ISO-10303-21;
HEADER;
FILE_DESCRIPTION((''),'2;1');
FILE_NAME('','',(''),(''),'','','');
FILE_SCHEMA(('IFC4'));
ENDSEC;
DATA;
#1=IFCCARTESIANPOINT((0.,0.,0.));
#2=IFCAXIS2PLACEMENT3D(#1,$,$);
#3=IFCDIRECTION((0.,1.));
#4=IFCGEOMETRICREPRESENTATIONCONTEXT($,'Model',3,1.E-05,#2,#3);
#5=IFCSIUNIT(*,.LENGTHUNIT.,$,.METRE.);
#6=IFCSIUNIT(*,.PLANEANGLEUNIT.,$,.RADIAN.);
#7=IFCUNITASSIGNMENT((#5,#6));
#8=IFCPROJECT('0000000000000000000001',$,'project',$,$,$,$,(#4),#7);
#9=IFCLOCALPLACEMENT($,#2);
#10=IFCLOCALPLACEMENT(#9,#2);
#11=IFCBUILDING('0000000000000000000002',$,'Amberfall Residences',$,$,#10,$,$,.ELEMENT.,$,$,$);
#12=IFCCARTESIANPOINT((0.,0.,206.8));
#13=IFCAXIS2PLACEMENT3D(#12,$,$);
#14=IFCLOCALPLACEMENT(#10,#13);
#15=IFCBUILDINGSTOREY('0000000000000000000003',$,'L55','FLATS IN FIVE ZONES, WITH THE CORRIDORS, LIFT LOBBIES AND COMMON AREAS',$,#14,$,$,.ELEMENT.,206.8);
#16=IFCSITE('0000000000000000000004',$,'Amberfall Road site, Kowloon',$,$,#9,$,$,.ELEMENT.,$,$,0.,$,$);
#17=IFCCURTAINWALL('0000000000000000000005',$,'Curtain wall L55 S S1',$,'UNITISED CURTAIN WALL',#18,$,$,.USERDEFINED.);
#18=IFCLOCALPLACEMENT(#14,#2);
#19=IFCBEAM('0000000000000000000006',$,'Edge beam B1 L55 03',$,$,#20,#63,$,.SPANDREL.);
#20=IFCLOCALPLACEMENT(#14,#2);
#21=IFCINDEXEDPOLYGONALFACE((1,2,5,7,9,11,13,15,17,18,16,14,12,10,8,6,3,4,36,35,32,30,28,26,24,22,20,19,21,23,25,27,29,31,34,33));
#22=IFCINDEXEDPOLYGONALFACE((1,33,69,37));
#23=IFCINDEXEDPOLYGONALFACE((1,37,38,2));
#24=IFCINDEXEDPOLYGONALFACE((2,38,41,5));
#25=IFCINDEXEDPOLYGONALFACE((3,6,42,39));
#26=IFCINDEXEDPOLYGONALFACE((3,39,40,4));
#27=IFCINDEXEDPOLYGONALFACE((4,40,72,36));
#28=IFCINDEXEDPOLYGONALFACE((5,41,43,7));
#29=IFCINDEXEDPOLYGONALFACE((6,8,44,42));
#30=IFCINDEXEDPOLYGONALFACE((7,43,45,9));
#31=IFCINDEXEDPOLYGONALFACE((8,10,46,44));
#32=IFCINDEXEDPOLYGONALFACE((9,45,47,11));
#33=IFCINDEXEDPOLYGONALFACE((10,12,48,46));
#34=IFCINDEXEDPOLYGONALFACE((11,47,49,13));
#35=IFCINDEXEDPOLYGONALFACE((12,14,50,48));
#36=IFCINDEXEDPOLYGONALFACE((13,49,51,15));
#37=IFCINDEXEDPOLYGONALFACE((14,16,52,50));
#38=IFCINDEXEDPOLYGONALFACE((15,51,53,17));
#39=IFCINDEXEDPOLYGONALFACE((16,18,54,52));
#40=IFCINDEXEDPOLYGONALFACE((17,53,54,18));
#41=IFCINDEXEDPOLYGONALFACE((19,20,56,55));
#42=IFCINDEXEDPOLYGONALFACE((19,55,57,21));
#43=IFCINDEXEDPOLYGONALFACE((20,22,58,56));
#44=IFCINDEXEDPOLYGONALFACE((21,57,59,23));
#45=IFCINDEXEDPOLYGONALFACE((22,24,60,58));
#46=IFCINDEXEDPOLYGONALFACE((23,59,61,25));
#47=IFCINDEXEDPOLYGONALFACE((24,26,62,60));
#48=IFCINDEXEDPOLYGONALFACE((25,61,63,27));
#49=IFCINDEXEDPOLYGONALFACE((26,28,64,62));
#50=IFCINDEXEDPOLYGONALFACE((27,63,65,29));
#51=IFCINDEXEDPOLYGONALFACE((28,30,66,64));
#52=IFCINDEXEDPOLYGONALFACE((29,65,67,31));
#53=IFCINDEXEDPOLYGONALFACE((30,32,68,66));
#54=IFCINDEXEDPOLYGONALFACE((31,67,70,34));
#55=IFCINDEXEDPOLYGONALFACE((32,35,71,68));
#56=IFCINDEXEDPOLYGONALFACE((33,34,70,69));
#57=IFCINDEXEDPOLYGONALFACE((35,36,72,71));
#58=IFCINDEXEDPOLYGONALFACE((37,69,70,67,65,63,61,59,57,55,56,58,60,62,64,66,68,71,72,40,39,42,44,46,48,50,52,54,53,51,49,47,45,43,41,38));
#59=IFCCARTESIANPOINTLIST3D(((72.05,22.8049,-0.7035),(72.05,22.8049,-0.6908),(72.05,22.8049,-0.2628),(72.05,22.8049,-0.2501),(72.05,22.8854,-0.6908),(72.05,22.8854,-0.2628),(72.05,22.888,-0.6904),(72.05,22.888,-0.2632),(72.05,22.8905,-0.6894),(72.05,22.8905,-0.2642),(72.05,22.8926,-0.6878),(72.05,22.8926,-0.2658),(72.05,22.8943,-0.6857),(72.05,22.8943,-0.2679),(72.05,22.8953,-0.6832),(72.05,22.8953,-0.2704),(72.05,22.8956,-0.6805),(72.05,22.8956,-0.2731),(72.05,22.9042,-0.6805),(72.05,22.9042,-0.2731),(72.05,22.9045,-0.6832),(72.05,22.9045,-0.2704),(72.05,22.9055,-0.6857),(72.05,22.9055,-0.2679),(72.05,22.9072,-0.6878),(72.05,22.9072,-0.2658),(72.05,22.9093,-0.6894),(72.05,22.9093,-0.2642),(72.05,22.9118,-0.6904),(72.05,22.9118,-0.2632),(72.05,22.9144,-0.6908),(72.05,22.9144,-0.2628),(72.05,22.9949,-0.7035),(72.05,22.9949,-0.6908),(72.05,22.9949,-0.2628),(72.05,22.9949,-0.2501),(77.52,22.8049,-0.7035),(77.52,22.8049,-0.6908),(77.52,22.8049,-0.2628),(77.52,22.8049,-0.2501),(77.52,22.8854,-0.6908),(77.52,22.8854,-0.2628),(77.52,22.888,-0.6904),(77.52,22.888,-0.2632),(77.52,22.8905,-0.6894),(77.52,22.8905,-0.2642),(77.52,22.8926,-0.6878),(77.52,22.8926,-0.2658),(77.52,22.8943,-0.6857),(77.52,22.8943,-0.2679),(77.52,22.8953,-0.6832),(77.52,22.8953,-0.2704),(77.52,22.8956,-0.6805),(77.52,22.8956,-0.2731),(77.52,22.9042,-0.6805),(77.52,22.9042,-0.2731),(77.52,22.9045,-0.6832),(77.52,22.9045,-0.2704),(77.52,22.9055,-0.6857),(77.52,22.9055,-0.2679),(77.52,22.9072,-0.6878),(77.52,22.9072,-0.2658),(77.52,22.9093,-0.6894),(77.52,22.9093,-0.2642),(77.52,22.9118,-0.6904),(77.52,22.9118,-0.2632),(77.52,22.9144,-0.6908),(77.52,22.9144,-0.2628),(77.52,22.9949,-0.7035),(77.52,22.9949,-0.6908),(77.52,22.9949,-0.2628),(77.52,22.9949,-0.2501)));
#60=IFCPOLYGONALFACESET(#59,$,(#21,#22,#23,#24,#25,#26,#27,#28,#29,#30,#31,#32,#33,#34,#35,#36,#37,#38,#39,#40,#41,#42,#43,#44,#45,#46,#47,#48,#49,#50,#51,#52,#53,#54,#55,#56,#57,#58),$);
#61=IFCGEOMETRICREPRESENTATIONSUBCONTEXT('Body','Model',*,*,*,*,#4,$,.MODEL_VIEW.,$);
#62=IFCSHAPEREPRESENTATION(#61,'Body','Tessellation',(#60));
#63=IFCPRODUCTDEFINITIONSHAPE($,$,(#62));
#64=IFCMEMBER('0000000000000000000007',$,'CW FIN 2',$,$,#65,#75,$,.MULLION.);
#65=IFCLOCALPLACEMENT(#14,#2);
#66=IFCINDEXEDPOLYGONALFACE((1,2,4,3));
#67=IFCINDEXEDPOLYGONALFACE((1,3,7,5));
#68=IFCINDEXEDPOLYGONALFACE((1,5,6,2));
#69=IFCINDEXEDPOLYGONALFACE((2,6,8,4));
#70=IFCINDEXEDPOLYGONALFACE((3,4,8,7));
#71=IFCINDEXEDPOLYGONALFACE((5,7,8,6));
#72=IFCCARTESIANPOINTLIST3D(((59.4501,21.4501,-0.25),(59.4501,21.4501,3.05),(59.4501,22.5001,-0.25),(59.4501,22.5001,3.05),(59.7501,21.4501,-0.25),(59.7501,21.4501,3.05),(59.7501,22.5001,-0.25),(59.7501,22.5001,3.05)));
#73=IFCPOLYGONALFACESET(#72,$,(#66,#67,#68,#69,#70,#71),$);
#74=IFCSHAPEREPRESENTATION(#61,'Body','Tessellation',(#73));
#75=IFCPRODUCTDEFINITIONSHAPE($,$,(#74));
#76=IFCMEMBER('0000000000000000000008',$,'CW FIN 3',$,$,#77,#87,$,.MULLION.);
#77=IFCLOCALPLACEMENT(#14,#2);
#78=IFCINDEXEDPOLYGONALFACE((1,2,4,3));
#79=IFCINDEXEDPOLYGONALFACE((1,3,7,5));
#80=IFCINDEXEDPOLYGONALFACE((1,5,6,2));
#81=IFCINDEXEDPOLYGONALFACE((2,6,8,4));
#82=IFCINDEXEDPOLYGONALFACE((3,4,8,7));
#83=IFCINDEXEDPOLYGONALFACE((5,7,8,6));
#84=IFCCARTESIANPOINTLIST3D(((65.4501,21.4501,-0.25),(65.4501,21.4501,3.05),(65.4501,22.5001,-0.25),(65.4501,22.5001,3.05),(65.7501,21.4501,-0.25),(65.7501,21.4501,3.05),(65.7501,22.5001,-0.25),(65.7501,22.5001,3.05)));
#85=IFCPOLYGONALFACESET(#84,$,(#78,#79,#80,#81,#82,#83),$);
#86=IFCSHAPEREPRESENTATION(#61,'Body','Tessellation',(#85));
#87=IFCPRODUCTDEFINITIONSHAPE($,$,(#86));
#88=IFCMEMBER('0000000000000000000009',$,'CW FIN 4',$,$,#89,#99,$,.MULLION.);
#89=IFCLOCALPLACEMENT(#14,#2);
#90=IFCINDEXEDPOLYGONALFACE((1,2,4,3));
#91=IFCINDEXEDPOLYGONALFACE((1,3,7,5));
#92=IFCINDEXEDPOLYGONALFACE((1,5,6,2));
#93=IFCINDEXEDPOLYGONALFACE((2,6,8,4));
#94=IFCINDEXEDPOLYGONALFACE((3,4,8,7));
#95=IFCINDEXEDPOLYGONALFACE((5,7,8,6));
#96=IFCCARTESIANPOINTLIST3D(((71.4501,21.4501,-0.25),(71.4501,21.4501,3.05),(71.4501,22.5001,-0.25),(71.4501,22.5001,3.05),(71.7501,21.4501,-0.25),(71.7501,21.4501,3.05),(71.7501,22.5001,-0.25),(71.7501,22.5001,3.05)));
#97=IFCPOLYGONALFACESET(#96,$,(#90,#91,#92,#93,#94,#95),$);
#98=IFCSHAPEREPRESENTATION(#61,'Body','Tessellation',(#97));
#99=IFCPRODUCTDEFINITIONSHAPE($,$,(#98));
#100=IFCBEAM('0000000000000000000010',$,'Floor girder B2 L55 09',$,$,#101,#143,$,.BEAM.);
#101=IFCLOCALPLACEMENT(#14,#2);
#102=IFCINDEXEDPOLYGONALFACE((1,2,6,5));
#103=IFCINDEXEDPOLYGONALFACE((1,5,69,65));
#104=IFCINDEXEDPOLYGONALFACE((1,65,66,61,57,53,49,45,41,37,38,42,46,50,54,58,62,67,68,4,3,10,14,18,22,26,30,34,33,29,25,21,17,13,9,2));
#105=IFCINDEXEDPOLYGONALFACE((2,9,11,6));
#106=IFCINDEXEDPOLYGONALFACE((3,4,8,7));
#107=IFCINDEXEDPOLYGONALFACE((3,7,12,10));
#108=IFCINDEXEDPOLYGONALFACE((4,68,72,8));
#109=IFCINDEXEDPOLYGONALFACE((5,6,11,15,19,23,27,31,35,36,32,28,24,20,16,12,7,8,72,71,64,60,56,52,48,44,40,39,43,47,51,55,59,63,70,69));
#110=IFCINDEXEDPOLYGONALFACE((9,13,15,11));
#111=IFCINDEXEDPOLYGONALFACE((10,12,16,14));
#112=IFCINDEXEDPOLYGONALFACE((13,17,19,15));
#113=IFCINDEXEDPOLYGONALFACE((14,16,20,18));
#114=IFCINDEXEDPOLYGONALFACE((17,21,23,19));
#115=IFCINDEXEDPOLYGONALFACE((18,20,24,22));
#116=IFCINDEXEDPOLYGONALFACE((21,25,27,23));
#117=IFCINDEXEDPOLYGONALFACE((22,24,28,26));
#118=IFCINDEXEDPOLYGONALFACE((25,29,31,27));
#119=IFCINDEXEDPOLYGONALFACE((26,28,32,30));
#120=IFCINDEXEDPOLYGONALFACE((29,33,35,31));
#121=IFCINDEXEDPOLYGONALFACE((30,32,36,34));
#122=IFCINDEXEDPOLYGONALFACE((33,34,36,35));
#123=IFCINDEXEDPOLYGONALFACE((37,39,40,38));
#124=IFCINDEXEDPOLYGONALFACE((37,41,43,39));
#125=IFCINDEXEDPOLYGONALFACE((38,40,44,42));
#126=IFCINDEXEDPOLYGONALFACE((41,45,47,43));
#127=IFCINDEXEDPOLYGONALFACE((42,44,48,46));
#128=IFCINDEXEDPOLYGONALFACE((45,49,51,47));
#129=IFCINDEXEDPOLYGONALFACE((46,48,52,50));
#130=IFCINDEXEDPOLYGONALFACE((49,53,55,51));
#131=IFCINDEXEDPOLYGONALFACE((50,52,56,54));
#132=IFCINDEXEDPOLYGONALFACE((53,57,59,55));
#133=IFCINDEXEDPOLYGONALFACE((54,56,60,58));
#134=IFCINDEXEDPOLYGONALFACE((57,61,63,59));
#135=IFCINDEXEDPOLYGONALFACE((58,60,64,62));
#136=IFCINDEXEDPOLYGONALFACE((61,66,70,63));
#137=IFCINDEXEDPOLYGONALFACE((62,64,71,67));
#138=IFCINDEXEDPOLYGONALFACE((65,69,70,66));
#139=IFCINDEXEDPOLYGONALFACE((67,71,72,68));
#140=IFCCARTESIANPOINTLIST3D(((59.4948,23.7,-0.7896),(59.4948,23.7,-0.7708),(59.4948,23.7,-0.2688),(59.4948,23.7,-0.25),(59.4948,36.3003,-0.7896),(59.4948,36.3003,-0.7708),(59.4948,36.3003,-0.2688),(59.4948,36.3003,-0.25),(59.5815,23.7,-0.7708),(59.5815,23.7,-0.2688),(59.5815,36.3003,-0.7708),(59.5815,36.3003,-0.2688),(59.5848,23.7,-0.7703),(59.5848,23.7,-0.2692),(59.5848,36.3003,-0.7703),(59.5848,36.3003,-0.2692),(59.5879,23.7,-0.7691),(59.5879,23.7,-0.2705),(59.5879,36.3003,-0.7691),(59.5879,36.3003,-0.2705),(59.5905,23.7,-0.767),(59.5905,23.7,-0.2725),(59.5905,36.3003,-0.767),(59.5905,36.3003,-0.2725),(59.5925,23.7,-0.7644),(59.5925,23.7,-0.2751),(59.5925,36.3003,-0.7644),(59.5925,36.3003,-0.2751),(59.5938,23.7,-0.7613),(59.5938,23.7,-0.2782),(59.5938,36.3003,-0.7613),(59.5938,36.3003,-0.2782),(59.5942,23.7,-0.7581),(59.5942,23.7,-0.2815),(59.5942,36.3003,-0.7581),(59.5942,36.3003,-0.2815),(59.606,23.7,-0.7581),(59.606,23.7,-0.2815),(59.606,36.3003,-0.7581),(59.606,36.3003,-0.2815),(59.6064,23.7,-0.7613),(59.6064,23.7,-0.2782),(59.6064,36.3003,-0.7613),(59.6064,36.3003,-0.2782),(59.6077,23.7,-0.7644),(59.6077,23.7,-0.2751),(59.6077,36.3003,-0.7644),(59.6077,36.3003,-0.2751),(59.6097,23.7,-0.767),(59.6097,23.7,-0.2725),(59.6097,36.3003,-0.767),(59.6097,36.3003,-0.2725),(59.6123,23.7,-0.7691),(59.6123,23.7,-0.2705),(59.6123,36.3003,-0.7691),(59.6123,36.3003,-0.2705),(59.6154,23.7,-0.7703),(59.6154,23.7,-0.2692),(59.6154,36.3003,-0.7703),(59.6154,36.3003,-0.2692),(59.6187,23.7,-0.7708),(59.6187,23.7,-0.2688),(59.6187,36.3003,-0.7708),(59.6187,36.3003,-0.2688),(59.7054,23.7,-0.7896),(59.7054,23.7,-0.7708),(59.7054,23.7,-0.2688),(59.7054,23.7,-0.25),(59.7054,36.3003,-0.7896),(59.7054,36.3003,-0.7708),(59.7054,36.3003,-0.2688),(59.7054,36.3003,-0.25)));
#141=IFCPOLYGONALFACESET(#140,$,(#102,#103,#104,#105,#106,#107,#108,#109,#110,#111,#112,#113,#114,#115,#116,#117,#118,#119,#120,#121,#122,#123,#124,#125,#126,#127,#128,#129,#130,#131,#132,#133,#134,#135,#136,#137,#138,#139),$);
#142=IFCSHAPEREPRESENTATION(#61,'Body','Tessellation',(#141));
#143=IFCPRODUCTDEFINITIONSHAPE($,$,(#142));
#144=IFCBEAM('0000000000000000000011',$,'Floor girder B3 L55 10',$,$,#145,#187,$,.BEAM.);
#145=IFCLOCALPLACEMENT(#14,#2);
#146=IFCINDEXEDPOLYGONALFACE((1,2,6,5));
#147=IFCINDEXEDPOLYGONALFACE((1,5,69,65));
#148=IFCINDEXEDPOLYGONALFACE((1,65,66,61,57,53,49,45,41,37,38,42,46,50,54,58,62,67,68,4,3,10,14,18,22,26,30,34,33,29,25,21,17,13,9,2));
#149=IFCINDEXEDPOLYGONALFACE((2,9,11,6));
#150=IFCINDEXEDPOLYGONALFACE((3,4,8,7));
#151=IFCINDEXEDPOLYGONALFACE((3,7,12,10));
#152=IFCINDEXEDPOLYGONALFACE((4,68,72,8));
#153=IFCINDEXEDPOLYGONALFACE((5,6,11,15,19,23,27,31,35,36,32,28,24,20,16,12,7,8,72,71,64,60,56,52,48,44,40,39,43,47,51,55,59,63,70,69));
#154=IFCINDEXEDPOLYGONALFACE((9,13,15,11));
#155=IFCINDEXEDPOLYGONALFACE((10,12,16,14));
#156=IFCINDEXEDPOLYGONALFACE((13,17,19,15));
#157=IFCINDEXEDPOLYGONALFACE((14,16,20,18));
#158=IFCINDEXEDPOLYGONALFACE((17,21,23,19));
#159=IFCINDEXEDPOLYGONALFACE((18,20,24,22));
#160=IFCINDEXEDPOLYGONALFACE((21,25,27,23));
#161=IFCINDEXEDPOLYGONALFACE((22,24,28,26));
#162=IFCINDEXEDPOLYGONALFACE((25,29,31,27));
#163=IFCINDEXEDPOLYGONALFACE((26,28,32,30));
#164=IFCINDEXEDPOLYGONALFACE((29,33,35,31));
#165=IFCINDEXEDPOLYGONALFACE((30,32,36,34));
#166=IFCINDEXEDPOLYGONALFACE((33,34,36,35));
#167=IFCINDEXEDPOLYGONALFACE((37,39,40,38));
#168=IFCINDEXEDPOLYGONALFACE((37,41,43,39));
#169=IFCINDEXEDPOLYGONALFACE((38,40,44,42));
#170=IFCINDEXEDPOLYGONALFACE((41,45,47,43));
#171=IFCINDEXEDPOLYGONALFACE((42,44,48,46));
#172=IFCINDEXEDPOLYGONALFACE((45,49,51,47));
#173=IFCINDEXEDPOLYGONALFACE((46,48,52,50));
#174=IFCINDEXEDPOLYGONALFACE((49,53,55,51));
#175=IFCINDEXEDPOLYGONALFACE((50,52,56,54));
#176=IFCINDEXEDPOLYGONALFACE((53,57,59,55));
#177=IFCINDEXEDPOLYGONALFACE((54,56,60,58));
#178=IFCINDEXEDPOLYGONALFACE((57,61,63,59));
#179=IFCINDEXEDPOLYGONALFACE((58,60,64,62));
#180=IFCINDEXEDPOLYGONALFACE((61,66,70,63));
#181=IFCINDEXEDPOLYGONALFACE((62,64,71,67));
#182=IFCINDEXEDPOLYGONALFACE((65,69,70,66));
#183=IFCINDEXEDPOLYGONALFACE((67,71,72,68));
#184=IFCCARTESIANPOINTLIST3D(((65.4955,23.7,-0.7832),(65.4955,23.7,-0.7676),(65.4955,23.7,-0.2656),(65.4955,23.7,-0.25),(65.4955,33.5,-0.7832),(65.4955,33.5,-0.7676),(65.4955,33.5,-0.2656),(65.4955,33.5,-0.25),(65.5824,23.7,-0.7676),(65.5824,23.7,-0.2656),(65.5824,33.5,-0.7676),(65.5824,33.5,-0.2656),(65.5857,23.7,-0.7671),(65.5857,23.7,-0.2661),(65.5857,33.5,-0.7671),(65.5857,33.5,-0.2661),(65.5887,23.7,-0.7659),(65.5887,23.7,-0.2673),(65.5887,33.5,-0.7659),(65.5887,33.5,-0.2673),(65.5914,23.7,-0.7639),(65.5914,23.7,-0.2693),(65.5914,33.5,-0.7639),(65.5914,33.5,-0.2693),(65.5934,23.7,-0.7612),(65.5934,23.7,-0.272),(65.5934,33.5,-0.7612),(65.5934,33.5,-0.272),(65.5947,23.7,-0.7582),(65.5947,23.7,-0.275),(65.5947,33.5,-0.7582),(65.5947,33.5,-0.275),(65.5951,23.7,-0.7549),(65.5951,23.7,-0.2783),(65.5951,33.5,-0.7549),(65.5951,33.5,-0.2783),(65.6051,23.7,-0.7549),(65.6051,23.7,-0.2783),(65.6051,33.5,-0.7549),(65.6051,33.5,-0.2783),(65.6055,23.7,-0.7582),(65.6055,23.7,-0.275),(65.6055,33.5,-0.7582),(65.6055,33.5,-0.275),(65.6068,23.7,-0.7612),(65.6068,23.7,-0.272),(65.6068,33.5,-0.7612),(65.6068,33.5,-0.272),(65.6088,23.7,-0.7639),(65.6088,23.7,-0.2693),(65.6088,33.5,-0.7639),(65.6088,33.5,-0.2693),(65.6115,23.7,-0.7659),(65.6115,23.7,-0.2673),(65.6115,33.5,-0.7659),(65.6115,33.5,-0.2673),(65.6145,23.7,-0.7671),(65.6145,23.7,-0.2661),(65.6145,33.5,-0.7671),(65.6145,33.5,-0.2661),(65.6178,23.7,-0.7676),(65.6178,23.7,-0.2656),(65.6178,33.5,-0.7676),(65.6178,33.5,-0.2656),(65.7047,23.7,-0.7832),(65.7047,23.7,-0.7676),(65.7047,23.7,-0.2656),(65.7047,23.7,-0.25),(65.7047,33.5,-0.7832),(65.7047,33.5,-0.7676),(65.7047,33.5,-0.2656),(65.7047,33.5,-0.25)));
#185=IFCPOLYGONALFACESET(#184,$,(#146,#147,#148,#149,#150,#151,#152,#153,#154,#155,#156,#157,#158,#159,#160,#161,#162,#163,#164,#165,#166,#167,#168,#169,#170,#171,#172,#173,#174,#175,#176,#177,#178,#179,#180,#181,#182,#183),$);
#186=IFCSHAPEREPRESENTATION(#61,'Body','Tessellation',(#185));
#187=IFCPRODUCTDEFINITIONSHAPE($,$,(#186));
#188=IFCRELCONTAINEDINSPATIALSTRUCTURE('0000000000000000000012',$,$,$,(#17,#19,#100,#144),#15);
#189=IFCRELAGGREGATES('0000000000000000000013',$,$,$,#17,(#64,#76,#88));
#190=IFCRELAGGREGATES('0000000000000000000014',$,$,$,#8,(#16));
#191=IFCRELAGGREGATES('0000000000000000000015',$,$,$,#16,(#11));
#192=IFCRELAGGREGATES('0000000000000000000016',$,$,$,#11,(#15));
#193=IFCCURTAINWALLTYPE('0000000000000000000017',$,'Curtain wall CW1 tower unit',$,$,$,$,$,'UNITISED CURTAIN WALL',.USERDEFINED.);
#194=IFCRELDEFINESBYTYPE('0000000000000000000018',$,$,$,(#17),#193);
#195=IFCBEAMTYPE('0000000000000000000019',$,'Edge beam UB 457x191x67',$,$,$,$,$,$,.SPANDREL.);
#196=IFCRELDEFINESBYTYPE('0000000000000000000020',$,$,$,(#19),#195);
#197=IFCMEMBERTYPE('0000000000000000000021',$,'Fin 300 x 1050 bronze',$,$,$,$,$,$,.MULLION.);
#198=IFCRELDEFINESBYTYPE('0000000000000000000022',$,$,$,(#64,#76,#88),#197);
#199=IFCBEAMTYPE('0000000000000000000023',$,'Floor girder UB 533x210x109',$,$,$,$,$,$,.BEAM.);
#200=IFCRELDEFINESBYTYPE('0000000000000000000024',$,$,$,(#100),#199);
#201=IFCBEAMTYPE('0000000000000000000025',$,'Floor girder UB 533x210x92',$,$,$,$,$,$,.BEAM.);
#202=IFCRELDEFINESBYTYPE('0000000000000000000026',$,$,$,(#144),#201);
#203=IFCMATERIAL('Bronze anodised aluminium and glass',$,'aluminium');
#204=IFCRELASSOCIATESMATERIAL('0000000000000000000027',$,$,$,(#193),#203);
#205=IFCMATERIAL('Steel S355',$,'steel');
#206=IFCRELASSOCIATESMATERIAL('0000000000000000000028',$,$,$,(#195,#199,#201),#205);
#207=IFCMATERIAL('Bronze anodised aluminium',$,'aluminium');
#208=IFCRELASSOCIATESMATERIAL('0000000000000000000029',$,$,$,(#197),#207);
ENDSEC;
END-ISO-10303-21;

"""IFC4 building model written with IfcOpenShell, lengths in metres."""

from ifc_helpers import new_model, si_unit, direction, frame, origin, origin_2d, place, context, subcontext, project, spatial, rectangle, i_section, extrude, material, material_profile, profile_set, type_object, element, aggregate, save


model = new_model("IFC4")

# Units and contexts
model_context = context("Model", 3, precision=1e-05, world=origin(), true_north=direction((0.0, 1.0)))
body_context = subcontext(model_context, "Body", "Model", "MODEL_VIEW")
ifc_project = project(units=[si_unit("LENGTHUNIT", "METRE"), si_unit("PLANEANGLEUNIT", "RADIAN")], contexts=[model_context])

# Site, building, storey
site_placement = place(None, origin())
site = spatial("IfcSite", under=ifc_project, at=site_placement, Name="Amberfall Road site, Kowloon", CompositionType="ELEMENT", RefElevation=0.0)
building_placement = place(site_placement, origin())
building = spatial("IfcBuilding", under=site, at=building_placement, Name="Amberfall Residences", CompositionType="ELEMENT")
storey_placement = place(building_placement, frame((0.0, 0.0, 206.8)))
storey = spatial("IfcBuildingStorey", under=building, at=storey_placement, Name="L55", Description="FLATS IN FIVE ZONES, WITH THE CORRIDORS, LIFT LOBBIES AND COMMON AREAS", CompositionType="ELEMENT", Elevation=206.8)

# Curtain wall
ifc_material_1 = material(Name="Bronze anodised aluminium and glass", Category="aluminium")
curtain_wall_type = type_object("IfcCurtainWallType", Name="Curtain wall CW1 tower unit", ElementType="UNITISED CURTAIN WALL", PredefinedType="USERDEFINED", material=ifc_material_1)
curtain_wall_placement = place(storey_placement, origin())
curtain_wall = element("IfcCurtainWall", 1, at=curtain_wall_placement, inside=storey, type_object=curtain_wall_type, Name="Curtain wall L55 S S1", ObjectType="UNITISED CURTAIN WALL", PredefinedType="USERDEFINED")
ifc_material_2 = material(Name="Bronze anodised aluminium", Category="aluminium")

# Beam
ifc_material_3 = material(Name="Steel S355", Category="steel")
ifc_material_profile_1 = material_profile(ifc_material_3, i_section(OverallWidth=0.1899, OverallDepth=0.4534, WebThickness=0.0085, FlangeThickness=0.0127, FilletRadius=0.0103, at=origin_2d()), Name="UB 457x191x67")
ifc_profile_set_1 = profile_set([ifc_material_profile_1], Name="Steel S355")
beam_type_1 = type_object("IfcBeamType", Name="Edge beam UB 457x191x67", PredefinedType="SPANDREL", material=ifc_profile_set_1)
beam_1_placement = place(storey_placement, frame((72.05, 22.8999, -0.4768), z_axis=(1.0, 0.0, 0.0), x_axis=(0.0, 1.0, 0.0)))
element("IfcBeam", 2, at=beam_1_placement, inside=storey, type_object=beam_type_1, Name="Edge beam B1 L55 03", PredefinedType="SPANDREL", context=body_context, shape_type="SweptSolid", body=[
    extrude(i_section(OverallWidth=0.1899, OverallDepth=0.4534, WebThickness=0.0085, FlangeThickness=0.0127, FilletRadius=0.0103, at=origin_2d()), origin(), (0.0, 0.0, 1.0), 5.47),
])

# Members
ifc_material_profile_2 = material_profile(ifc_material_2, rectangle(XDim=1.05, YDim=0.3, at=origin_2d()), Name="Fin 300 x 1050 bronze")
ifc_profile_set_2 = profile_set([ifc_material_profile_2], Name="Bronze anodised aluminium")
member_type_1 = type_object("IfcMemberType", Name="Fin 300 x 1050 bronze", PredefinedType="MULLION", material=ifc_profile_set_2)
member_1_placement = place(storey_placement, frame((59.6001, 21.9751, -0.25), z_axis=(0.0, 0.0, 1.0), x_axis=(0.0, 1.0, 0.0)))
member_1 = element("IfcMember", 3, at=member_1_placement, type_object=member_type_1, Name="CW FIN 2", PredefinedType="MULLION", context=body_context, shape_type="SweptSolid", body=[
    extrude(rectangle(XDim=1.05, YDim=0.3, at=origin_2d()), origin(), (0.0, 0.0, 1.0), 3.3),
])
member_2_placement = place(storey_placement, frame((65.6001, 21.9751, -0.25), z_axis=(0.0, 0.0, 1.0), x_axis=(0.0, 1.0, 0.0)))
member_2 = element("IfcMember", 4, at=member_2_placement, type_object=member_type_1, Name="CW FIN 3", PredefinedType="MULLION", context=body_context, shape_type="SweptSolid", body=[
    extrude(rectangle(XDim=1.05, YDim=0.3, at=origin_2d()), origin(), (0.0, 0.0, 1.0), 3.3),
])
member_3_placement = place(storey_placement, frame((71.6001, 21.9751, -0.25), z_axis=(0.0, 0.0, 1.0), x_axis=(0.0, 1.0, 0.0)))
member_3 = element("IfcMember", 5, at=member_3_placement, type_object=member_type_1, Name="CW FIN 4", PredefinedType="MULLION", context=body_context, shape_type="SweptSolid", body=[
    extrude(rectangle(XDim=1.05, YDim=0.3, at=origin_2d()), origin(), (0.0, 0.0, 1.0), 3.3),
])

# Beams
ifc_material_profile_3 = material_profile(ifc_material_3, i_section(OverallWidth=0.2107, OverallDepth=0.5396, WebThickness=0.0117, FlangeThickness=0.0188, FilletRadius=0.0127, at=origin_2d()), Name="UB 533x210x109")
ifc_profile_set_3 = profile_set([ifc_material_profile_3], Name="Steel S355")
beam_type_2 = type_object("IfcBeamType", Name="Floor girder UB 533x210x109", PredefinedType="BEAM", material=ifc_profile_set_3)
beam_2_placement = place(storey_placement, frame((59.6001, 23.7, -0.5198), z_axis=(0.0, 1.0, 0.0), x_axis=(-1.0, 0.0, 0.0)))
element("IfcBeam", 6, at=beam_2_placement, inside=storey, type_object=beam_type_2, Name="Floor girder B2 L55 09", PredefinedType="BEAM", context=body_context, shape_type="SweptSolid", body=[
    extrude(i_section(OverallWidth=0.2107, OverallDepth=0.5396, WebThickness=0.0117, FlangeThickness=0.0188, FilletRadius=0.0127, at=origin_2d()), origin(), (0.0, 0.0, 1.0), 12.6003),
])
ifc_material_profile_4 = material_profile(ifc_material_3, i_section(OverallWidth=0.2092, OverallDepth=0.5332, WebThickness=0.01, FlangeThickness=0.0156, FilletRadius=0.0127, at=origin_2d()), Name="UB 533x210x92")
ifc_profile_set_4 = profile_set([ifc_material_profile_4], Name="Steel S355")
beam_type_3 = type_object("IfcBeamType", Name="Floor girder UB 533x210x92", PredefinedType="BEAM", material=ifc_profile_set_4)
for number, where, z_axis, x_axis, name in (
    (7, (65.6001, 23.7, -0.5166), (0.0, 1.0, 0.0), (-1.0, 0.0, 0.0), "Floor girder B3 L55 10"),
):
    element("IfcBeam", number, at=place(storey_placement, frame(where, z_axis=z_axis, x_axis=x_axis)), inside=storey, type_object=beam_type_3, Name=name, PredefinedType="BEAM", context=body_context, shape_type="SweptSolid", body=[
        extrude(i_section(OverallWidth=0.2092, OverallDepth=0.5332, WebThickness=0.01, FlangeThickness=0.0156, FilletRadius=0.0127, at=origin_2d()), origin(), (0.0, 0.0, 1.0), 9.8),
    ])

aggregate(curtain_wall, [member_1, member_2, member_3])

save(model, "model.ifc")
